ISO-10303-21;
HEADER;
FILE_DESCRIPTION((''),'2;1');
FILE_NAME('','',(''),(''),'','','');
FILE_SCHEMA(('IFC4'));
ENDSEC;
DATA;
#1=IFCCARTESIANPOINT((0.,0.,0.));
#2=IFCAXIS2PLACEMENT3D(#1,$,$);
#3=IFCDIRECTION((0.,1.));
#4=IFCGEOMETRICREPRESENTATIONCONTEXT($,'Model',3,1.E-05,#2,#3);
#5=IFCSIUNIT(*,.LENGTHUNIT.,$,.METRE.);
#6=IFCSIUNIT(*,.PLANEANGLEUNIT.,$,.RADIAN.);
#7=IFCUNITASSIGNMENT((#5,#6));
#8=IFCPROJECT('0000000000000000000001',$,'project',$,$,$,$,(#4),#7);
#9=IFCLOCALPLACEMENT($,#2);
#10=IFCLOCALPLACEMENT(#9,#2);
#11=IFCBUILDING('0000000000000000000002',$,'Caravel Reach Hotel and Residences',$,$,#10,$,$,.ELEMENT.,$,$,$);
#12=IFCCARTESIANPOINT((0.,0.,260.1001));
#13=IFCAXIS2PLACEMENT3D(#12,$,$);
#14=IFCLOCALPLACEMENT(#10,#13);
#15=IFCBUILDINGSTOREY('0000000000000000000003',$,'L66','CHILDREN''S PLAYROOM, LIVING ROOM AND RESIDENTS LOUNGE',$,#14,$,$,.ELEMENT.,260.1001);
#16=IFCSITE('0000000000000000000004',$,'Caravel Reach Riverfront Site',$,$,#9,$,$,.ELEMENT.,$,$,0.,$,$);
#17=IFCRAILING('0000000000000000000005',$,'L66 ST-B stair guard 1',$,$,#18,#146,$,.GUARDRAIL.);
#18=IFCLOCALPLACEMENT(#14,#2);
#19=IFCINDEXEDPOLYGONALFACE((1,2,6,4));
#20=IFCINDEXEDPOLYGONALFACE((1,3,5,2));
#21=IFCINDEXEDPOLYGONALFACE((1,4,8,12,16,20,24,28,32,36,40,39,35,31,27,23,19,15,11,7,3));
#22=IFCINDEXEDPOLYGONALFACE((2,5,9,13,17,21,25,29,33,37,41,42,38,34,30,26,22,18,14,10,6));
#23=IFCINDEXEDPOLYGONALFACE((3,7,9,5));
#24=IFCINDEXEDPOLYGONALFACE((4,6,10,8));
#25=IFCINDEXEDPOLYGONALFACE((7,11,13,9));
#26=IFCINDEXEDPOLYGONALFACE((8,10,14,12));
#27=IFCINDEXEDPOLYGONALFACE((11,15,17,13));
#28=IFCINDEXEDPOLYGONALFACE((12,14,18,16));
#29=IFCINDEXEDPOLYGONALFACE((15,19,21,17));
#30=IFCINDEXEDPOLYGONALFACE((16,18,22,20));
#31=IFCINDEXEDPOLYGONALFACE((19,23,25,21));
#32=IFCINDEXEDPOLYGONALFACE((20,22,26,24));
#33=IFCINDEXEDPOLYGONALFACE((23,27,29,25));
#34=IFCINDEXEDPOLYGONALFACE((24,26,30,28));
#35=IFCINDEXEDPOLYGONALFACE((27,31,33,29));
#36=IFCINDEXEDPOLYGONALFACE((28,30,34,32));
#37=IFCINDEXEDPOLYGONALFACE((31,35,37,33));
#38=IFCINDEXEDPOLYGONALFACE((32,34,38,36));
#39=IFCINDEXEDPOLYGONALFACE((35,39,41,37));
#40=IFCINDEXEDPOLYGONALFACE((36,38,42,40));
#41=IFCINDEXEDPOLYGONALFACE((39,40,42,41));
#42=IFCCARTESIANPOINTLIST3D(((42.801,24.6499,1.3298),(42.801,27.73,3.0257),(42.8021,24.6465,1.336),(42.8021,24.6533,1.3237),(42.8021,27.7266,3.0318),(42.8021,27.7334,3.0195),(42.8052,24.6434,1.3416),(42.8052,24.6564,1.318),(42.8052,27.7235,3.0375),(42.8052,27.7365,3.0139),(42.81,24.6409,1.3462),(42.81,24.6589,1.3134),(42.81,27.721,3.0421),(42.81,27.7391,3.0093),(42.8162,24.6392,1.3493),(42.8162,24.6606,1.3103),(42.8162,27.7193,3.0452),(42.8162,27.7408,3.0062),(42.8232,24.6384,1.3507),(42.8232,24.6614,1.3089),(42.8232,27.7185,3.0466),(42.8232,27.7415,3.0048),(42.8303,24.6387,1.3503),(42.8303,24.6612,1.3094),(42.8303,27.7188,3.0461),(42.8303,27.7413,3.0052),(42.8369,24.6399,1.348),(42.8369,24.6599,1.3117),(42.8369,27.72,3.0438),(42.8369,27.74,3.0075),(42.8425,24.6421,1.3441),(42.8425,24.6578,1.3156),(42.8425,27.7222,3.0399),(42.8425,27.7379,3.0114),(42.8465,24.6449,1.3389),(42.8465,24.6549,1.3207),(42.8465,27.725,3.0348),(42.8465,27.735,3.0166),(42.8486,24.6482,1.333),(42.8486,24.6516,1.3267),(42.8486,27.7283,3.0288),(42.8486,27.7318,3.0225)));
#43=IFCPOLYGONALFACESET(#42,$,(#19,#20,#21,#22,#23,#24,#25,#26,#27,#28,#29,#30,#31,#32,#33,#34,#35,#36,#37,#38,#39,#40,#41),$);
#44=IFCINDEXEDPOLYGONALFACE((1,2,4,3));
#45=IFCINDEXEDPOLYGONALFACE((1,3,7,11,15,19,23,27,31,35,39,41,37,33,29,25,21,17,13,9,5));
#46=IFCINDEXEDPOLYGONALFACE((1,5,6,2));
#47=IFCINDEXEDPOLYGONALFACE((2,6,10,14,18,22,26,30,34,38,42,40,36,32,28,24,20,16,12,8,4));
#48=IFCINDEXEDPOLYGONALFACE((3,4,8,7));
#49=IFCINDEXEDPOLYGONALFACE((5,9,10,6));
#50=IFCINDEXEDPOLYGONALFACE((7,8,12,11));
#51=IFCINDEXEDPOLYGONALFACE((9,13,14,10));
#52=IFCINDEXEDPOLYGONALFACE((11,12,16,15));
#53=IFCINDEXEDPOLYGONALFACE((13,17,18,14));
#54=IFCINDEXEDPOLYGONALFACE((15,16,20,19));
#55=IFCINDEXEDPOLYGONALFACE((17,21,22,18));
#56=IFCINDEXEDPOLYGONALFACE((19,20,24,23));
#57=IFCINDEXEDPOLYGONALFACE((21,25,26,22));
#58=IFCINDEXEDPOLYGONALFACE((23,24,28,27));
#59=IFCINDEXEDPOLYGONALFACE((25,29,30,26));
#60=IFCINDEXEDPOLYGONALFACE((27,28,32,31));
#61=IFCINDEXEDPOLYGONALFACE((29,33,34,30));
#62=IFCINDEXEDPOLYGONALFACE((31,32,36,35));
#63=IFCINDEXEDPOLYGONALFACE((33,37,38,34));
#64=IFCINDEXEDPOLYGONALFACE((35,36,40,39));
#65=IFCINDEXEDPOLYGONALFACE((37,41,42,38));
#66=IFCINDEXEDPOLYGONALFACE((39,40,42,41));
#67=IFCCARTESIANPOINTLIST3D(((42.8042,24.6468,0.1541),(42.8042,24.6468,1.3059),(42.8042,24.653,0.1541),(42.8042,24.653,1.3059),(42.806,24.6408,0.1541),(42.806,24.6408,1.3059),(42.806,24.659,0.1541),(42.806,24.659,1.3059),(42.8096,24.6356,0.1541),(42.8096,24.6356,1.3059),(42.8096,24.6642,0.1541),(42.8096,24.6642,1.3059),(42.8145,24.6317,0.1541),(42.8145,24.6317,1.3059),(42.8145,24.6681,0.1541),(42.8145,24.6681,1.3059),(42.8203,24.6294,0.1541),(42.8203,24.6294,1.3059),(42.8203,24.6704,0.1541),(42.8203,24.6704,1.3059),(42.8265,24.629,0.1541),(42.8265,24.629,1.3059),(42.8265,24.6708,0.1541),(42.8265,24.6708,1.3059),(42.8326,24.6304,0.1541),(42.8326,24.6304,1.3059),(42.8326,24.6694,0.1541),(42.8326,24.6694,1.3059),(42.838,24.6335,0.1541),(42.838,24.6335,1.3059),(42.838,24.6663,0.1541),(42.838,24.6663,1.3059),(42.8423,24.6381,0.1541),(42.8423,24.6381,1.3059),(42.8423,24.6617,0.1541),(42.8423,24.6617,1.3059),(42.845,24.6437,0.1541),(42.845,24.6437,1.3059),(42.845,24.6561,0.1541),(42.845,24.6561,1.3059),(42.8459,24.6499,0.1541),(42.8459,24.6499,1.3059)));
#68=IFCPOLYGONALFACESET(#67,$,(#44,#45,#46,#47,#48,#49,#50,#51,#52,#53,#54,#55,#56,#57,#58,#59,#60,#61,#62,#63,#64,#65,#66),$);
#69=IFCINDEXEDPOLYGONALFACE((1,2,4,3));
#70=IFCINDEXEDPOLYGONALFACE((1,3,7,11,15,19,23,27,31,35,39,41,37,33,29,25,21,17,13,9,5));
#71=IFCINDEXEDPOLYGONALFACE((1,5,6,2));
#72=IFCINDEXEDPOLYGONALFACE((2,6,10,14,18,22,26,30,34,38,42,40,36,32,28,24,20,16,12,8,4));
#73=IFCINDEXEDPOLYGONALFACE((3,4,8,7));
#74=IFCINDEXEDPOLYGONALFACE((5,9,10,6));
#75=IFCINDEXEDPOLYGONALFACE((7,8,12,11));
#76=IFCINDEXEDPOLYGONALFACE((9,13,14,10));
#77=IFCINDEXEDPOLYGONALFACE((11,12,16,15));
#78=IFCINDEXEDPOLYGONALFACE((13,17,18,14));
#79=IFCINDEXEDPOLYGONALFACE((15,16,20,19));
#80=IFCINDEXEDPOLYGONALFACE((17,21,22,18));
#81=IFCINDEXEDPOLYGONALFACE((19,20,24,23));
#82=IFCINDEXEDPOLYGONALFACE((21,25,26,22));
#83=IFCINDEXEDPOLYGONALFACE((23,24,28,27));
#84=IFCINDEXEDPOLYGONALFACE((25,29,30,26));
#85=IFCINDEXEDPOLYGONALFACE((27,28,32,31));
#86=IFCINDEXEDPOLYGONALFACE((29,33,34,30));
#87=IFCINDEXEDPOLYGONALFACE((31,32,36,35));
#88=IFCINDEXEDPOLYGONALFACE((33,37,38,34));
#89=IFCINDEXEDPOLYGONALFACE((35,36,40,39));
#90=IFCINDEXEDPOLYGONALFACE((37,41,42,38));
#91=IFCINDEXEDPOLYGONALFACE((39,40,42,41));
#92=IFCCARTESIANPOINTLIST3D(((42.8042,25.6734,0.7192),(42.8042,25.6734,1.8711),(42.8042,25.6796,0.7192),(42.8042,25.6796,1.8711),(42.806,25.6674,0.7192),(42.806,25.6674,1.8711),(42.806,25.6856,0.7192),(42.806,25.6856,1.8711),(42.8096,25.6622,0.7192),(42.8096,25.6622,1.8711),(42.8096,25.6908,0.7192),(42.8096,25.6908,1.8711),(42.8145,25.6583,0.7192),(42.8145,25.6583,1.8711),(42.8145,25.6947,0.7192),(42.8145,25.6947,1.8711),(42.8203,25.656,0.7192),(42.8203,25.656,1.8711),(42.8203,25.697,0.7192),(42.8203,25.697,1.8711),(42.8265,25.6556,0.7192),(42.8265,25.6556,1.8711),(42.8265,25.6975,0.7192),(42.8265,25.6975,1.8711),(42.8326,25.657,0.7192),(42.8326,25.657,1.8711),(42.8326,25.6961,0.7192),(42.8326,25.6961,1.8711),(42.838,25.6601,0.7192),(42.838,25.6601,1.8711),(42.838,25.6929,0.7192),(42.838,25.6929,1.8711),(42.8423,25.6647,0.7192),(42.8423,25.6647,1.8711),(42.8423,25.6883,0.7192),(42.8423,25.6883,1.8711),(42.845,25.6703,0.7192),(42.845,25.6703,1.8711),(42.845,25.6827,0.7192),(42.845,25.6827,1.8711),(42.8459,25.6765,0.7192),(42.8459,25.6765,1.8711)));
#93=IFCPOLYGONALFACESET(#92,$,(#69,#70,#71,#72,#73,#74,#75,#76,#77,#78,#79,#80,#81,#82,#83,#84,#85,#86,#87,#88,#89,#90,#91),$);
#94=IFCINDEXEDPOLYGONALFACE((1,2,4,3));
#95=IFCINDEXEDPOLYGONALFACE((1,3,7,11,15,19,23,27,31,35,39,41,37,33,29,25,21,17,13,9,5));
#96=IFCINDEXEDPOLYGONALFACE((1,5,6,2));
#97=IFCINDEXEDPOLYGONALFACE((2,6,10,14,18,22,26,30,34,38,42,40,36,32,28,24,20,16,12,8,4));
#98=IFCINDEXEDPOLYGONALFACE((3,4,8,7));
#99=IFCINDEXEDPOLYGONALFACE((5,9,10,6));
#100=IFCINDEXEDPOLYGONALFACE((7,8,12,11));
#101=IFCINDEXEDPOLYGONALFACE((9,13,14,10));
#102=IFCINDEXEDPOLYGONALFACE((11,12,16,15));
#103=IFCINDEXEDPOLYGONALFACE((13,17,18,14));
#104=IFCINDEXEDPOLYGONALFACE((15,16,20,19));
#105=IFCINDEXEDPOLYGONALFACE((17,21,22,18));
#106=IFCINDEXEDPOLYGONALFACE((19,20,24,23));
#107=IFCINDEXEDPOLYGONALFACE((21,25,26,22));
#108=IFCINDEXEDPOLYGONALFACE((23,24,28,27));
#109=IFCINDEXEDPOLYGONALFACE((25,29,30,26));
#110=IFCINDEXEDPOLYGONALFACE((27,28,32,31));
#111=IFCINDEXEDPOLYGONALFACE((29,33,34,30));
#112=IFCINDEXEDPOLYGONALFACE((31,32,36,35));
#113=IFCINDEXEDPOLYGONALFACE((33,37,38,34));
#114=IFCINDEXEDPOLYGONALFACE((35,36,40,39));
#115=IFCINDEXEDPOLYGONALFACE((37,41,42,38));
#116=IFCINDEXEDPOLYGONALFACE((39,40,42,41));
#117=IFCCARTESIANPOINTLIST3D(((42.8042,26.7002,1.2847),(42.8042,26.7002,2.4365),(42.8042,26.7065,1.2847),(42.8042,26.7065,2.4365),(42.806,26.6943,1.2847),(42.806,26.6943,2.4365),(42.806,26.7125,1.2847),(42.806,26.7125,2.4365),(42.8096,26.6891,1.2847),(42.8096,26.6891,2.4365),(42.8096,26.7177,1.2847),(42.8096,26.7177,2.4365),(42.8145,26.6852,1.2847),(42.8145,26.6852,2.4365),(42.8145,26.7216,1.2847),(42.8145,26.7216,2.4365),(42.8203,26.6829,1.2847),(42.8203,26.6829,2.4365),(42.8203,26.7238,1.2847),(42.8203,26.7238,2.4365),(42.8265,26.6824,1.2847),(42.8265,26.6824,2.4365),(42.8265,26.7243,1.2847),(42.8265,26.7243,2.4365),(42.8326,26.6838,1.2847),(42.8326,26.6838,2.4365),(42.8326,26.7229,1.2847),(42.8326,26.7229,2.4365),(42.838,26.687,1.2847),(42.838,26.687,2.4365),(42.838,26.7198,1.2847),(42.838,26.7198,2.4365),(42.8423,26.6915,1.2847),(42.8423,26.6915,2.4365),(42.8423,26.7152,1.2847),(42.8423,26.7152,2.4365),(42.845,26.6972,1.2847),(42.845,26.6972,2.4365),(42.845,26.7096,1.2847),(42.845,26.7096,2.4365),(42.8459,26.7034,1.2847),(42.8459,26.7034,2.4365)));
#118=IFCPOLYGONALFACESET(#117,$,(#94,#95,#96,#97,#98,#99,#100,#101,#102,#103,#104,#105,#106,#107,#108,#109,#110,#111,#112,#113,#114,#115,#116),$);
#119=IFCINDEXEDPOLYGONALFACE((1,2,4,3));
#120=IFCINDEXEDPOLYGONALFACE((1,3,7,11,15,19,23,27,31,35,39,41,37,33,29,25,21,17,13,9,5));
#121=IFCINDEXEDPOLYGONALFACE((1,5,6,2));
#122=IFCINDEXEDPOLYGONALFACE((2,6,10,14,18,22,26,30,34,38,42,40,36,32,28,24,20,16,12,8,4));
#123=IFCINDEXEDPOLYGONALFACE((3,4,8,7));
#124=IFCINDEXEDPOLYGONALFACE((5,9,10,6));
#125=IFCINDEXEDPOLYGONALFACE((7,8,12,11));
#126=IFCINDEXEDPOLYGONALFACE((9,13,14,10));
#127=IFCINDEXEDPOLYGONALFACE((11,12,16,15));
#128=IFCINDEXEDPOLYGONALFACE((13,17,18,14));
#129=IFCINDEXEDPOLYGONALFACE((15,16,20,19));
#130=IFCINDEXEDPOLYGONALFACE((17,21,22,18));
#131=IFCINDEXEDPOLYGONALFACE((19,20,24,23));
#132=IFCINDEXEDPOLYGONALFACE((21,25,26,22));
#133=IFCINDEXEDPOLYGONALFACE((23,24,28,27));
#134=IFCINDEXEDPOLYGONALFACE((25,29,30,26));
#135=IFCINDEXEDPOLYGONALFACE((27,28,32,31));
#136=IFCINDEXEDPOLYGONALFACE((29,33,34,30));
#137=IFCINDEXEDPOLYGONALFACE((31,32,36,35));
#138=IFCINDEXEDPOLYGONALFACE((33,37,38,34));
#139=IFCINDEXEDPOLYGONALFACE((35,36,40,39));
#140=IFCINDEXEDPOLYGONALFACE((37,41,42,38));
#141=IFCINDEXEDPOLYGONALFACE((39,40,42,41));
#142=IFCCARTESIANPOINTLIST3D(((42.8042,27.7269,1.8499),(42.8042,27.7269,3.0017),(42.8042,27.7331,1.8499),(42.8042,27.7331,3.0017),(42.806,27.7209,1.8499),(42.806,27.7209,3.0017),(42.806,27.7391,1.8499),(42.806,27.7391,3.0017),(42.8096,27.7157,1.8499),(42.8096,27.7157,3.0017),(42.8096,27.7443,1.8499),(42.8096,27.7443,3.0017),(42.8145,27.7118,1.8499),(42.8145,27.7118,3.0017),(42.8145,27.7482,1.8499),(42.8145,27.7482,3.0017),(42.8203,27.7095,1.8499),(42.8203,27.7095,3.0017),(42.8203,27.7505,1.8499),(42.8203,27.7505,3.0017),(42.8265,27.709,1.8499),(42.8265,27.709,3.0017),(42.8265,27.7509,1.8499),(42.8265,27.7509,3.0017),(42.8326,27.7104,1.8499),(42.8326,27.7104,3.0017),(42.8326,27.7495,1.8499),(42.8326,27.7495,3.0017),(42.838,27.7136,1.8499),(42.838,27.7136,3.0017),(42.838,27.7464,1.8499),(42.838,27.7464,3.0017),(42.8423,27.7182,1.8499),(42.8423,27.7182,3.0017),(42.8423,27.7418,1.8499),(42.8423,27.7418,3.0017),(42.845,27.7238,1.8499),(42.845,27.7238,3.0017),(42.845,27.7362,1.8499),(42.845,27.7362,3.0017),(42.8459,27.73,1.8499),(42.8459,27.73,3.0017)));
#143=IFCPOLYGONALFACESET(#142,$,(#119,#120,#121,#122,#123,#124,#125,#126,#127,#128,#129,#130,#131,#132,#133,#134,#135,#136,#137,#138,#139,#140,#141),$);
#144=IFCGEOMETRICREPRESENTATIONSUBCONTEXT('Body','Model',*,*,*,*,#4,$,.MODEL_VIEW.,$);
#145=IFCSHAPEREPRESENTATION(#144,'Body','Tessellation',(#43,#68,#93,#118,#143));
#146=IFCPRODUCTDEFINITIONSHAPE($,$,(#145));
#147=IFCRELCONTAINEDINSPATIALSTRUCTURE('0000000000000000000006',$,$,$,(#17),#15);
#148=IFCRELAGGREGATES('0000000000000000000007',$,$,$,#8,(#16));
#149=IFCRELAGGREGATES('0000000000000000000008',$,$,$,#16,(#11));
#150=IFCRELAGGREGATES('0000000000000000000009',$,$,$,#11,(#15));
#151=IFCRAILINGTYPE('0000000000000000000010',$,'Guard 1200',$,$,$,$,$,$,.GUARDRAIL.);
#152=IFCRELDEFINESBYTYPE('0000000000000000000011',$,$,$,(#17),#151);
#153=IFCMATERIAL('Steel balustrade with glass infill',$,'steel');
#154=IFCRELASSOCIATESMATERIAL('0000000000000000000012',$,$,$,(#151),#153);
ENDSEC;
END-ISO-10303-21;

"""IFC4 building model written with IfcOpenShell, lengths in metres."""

from ifc_helpers import new_model, si_unit, direction, frame, origin, origin_2d, place, context, subcontext, project, spatial, circle, extrude, material, type_object, element, save


model = new_model("IFC4")

# Units and contexts
model_context = context("Model", 3, precision=1e-05, world=origin(), true_north=direction((0.0, 1.0)))
body_context = subcontext(model_context, "Body", "Model", "MODEL_VIEW")
ifc_project = project(units=[si_unit("LENGTHUNIT", "METRE"), si_unit("PLANEANGLEUNIT", "RADIAN")], contexts=[model_context])

# Site, building, storey
site_placement = place(None, origin())
site = spatial("IfcSite", under=ifc_project, at=site_placement, Name="Caravel Reach Riverfront Site", CompositionType="ELEMENT", RefElevation=0.0)
building_placement = place(site_placement, origin())
building = spatial("IfcBuilding", under=site, at=building_placement, Name="Caravel Reach Hotel and Residences", CompositionType="ELEMENT")
storey_placement = place(building_placement, frame((0.0, 0.0, 260.1001)))
storey = spatial("IfcBuildingStorey", under=building, at=storey_placement, Name="L66", Description="CHILDREN'S PLAYROOM, LIVING ROOM AND RESIDENTS LOUNGE", CompositionType="ELEMENT", Elevation=260.1001)

# Railing
ifc_material_1 = material(Name="Steel balustrade with glass infill", Category="steel")
railing_type_1 = type_object("IfcRailingType", Name="Guard 1200", PredefinedType="GUARDRAIL", material=ifc_material_1)
railing_1_placement = place(storey_placement, frame((42.825, 24.6499, 0.1541)))
element("IfcRailing", 1, at=railing_1_placement, inside=storey, type_object=railing_type_1, Name="L66 ST-B stair guard 1", PredefinedType="GUARDRAIL", context=body_context, shape_type="SweptSolid", body=[
    extrude(circle(Radius=0.0239, at=origin_2d()), frame((0.0, 0.0, 1.1758), z_axis=(0.0, 0.876005, 0.482303), x_axis=(-1.0, 0.0, 0.0)), (0.0, 0.0, 1.0), 3.5161),
    extrude(circle(Radius=0.021, at=origin_2d()), origin(), (0.0, 0.0, 1.0), 1.1519),
    extrude(circle(Radius=0.021, at=origin_2d()), frame((0.0, 1.0266, 0.5652)), (0.0, 0.0, 1.0), 1.1519),
    extrude(circle(Radius=0.021, at=origin_2d()), frame((0.0, 2.0535, 1.1306)), (0.0, 0.0, 1.0), 1.1519),
    extrude(circle(Radius=0.021, at=origin_2d()), frame((0.0, 3.0801, 1.6958)), (0.0, 0.0, 1.0), 1.1519),
])

save(model, "model.ifc")
